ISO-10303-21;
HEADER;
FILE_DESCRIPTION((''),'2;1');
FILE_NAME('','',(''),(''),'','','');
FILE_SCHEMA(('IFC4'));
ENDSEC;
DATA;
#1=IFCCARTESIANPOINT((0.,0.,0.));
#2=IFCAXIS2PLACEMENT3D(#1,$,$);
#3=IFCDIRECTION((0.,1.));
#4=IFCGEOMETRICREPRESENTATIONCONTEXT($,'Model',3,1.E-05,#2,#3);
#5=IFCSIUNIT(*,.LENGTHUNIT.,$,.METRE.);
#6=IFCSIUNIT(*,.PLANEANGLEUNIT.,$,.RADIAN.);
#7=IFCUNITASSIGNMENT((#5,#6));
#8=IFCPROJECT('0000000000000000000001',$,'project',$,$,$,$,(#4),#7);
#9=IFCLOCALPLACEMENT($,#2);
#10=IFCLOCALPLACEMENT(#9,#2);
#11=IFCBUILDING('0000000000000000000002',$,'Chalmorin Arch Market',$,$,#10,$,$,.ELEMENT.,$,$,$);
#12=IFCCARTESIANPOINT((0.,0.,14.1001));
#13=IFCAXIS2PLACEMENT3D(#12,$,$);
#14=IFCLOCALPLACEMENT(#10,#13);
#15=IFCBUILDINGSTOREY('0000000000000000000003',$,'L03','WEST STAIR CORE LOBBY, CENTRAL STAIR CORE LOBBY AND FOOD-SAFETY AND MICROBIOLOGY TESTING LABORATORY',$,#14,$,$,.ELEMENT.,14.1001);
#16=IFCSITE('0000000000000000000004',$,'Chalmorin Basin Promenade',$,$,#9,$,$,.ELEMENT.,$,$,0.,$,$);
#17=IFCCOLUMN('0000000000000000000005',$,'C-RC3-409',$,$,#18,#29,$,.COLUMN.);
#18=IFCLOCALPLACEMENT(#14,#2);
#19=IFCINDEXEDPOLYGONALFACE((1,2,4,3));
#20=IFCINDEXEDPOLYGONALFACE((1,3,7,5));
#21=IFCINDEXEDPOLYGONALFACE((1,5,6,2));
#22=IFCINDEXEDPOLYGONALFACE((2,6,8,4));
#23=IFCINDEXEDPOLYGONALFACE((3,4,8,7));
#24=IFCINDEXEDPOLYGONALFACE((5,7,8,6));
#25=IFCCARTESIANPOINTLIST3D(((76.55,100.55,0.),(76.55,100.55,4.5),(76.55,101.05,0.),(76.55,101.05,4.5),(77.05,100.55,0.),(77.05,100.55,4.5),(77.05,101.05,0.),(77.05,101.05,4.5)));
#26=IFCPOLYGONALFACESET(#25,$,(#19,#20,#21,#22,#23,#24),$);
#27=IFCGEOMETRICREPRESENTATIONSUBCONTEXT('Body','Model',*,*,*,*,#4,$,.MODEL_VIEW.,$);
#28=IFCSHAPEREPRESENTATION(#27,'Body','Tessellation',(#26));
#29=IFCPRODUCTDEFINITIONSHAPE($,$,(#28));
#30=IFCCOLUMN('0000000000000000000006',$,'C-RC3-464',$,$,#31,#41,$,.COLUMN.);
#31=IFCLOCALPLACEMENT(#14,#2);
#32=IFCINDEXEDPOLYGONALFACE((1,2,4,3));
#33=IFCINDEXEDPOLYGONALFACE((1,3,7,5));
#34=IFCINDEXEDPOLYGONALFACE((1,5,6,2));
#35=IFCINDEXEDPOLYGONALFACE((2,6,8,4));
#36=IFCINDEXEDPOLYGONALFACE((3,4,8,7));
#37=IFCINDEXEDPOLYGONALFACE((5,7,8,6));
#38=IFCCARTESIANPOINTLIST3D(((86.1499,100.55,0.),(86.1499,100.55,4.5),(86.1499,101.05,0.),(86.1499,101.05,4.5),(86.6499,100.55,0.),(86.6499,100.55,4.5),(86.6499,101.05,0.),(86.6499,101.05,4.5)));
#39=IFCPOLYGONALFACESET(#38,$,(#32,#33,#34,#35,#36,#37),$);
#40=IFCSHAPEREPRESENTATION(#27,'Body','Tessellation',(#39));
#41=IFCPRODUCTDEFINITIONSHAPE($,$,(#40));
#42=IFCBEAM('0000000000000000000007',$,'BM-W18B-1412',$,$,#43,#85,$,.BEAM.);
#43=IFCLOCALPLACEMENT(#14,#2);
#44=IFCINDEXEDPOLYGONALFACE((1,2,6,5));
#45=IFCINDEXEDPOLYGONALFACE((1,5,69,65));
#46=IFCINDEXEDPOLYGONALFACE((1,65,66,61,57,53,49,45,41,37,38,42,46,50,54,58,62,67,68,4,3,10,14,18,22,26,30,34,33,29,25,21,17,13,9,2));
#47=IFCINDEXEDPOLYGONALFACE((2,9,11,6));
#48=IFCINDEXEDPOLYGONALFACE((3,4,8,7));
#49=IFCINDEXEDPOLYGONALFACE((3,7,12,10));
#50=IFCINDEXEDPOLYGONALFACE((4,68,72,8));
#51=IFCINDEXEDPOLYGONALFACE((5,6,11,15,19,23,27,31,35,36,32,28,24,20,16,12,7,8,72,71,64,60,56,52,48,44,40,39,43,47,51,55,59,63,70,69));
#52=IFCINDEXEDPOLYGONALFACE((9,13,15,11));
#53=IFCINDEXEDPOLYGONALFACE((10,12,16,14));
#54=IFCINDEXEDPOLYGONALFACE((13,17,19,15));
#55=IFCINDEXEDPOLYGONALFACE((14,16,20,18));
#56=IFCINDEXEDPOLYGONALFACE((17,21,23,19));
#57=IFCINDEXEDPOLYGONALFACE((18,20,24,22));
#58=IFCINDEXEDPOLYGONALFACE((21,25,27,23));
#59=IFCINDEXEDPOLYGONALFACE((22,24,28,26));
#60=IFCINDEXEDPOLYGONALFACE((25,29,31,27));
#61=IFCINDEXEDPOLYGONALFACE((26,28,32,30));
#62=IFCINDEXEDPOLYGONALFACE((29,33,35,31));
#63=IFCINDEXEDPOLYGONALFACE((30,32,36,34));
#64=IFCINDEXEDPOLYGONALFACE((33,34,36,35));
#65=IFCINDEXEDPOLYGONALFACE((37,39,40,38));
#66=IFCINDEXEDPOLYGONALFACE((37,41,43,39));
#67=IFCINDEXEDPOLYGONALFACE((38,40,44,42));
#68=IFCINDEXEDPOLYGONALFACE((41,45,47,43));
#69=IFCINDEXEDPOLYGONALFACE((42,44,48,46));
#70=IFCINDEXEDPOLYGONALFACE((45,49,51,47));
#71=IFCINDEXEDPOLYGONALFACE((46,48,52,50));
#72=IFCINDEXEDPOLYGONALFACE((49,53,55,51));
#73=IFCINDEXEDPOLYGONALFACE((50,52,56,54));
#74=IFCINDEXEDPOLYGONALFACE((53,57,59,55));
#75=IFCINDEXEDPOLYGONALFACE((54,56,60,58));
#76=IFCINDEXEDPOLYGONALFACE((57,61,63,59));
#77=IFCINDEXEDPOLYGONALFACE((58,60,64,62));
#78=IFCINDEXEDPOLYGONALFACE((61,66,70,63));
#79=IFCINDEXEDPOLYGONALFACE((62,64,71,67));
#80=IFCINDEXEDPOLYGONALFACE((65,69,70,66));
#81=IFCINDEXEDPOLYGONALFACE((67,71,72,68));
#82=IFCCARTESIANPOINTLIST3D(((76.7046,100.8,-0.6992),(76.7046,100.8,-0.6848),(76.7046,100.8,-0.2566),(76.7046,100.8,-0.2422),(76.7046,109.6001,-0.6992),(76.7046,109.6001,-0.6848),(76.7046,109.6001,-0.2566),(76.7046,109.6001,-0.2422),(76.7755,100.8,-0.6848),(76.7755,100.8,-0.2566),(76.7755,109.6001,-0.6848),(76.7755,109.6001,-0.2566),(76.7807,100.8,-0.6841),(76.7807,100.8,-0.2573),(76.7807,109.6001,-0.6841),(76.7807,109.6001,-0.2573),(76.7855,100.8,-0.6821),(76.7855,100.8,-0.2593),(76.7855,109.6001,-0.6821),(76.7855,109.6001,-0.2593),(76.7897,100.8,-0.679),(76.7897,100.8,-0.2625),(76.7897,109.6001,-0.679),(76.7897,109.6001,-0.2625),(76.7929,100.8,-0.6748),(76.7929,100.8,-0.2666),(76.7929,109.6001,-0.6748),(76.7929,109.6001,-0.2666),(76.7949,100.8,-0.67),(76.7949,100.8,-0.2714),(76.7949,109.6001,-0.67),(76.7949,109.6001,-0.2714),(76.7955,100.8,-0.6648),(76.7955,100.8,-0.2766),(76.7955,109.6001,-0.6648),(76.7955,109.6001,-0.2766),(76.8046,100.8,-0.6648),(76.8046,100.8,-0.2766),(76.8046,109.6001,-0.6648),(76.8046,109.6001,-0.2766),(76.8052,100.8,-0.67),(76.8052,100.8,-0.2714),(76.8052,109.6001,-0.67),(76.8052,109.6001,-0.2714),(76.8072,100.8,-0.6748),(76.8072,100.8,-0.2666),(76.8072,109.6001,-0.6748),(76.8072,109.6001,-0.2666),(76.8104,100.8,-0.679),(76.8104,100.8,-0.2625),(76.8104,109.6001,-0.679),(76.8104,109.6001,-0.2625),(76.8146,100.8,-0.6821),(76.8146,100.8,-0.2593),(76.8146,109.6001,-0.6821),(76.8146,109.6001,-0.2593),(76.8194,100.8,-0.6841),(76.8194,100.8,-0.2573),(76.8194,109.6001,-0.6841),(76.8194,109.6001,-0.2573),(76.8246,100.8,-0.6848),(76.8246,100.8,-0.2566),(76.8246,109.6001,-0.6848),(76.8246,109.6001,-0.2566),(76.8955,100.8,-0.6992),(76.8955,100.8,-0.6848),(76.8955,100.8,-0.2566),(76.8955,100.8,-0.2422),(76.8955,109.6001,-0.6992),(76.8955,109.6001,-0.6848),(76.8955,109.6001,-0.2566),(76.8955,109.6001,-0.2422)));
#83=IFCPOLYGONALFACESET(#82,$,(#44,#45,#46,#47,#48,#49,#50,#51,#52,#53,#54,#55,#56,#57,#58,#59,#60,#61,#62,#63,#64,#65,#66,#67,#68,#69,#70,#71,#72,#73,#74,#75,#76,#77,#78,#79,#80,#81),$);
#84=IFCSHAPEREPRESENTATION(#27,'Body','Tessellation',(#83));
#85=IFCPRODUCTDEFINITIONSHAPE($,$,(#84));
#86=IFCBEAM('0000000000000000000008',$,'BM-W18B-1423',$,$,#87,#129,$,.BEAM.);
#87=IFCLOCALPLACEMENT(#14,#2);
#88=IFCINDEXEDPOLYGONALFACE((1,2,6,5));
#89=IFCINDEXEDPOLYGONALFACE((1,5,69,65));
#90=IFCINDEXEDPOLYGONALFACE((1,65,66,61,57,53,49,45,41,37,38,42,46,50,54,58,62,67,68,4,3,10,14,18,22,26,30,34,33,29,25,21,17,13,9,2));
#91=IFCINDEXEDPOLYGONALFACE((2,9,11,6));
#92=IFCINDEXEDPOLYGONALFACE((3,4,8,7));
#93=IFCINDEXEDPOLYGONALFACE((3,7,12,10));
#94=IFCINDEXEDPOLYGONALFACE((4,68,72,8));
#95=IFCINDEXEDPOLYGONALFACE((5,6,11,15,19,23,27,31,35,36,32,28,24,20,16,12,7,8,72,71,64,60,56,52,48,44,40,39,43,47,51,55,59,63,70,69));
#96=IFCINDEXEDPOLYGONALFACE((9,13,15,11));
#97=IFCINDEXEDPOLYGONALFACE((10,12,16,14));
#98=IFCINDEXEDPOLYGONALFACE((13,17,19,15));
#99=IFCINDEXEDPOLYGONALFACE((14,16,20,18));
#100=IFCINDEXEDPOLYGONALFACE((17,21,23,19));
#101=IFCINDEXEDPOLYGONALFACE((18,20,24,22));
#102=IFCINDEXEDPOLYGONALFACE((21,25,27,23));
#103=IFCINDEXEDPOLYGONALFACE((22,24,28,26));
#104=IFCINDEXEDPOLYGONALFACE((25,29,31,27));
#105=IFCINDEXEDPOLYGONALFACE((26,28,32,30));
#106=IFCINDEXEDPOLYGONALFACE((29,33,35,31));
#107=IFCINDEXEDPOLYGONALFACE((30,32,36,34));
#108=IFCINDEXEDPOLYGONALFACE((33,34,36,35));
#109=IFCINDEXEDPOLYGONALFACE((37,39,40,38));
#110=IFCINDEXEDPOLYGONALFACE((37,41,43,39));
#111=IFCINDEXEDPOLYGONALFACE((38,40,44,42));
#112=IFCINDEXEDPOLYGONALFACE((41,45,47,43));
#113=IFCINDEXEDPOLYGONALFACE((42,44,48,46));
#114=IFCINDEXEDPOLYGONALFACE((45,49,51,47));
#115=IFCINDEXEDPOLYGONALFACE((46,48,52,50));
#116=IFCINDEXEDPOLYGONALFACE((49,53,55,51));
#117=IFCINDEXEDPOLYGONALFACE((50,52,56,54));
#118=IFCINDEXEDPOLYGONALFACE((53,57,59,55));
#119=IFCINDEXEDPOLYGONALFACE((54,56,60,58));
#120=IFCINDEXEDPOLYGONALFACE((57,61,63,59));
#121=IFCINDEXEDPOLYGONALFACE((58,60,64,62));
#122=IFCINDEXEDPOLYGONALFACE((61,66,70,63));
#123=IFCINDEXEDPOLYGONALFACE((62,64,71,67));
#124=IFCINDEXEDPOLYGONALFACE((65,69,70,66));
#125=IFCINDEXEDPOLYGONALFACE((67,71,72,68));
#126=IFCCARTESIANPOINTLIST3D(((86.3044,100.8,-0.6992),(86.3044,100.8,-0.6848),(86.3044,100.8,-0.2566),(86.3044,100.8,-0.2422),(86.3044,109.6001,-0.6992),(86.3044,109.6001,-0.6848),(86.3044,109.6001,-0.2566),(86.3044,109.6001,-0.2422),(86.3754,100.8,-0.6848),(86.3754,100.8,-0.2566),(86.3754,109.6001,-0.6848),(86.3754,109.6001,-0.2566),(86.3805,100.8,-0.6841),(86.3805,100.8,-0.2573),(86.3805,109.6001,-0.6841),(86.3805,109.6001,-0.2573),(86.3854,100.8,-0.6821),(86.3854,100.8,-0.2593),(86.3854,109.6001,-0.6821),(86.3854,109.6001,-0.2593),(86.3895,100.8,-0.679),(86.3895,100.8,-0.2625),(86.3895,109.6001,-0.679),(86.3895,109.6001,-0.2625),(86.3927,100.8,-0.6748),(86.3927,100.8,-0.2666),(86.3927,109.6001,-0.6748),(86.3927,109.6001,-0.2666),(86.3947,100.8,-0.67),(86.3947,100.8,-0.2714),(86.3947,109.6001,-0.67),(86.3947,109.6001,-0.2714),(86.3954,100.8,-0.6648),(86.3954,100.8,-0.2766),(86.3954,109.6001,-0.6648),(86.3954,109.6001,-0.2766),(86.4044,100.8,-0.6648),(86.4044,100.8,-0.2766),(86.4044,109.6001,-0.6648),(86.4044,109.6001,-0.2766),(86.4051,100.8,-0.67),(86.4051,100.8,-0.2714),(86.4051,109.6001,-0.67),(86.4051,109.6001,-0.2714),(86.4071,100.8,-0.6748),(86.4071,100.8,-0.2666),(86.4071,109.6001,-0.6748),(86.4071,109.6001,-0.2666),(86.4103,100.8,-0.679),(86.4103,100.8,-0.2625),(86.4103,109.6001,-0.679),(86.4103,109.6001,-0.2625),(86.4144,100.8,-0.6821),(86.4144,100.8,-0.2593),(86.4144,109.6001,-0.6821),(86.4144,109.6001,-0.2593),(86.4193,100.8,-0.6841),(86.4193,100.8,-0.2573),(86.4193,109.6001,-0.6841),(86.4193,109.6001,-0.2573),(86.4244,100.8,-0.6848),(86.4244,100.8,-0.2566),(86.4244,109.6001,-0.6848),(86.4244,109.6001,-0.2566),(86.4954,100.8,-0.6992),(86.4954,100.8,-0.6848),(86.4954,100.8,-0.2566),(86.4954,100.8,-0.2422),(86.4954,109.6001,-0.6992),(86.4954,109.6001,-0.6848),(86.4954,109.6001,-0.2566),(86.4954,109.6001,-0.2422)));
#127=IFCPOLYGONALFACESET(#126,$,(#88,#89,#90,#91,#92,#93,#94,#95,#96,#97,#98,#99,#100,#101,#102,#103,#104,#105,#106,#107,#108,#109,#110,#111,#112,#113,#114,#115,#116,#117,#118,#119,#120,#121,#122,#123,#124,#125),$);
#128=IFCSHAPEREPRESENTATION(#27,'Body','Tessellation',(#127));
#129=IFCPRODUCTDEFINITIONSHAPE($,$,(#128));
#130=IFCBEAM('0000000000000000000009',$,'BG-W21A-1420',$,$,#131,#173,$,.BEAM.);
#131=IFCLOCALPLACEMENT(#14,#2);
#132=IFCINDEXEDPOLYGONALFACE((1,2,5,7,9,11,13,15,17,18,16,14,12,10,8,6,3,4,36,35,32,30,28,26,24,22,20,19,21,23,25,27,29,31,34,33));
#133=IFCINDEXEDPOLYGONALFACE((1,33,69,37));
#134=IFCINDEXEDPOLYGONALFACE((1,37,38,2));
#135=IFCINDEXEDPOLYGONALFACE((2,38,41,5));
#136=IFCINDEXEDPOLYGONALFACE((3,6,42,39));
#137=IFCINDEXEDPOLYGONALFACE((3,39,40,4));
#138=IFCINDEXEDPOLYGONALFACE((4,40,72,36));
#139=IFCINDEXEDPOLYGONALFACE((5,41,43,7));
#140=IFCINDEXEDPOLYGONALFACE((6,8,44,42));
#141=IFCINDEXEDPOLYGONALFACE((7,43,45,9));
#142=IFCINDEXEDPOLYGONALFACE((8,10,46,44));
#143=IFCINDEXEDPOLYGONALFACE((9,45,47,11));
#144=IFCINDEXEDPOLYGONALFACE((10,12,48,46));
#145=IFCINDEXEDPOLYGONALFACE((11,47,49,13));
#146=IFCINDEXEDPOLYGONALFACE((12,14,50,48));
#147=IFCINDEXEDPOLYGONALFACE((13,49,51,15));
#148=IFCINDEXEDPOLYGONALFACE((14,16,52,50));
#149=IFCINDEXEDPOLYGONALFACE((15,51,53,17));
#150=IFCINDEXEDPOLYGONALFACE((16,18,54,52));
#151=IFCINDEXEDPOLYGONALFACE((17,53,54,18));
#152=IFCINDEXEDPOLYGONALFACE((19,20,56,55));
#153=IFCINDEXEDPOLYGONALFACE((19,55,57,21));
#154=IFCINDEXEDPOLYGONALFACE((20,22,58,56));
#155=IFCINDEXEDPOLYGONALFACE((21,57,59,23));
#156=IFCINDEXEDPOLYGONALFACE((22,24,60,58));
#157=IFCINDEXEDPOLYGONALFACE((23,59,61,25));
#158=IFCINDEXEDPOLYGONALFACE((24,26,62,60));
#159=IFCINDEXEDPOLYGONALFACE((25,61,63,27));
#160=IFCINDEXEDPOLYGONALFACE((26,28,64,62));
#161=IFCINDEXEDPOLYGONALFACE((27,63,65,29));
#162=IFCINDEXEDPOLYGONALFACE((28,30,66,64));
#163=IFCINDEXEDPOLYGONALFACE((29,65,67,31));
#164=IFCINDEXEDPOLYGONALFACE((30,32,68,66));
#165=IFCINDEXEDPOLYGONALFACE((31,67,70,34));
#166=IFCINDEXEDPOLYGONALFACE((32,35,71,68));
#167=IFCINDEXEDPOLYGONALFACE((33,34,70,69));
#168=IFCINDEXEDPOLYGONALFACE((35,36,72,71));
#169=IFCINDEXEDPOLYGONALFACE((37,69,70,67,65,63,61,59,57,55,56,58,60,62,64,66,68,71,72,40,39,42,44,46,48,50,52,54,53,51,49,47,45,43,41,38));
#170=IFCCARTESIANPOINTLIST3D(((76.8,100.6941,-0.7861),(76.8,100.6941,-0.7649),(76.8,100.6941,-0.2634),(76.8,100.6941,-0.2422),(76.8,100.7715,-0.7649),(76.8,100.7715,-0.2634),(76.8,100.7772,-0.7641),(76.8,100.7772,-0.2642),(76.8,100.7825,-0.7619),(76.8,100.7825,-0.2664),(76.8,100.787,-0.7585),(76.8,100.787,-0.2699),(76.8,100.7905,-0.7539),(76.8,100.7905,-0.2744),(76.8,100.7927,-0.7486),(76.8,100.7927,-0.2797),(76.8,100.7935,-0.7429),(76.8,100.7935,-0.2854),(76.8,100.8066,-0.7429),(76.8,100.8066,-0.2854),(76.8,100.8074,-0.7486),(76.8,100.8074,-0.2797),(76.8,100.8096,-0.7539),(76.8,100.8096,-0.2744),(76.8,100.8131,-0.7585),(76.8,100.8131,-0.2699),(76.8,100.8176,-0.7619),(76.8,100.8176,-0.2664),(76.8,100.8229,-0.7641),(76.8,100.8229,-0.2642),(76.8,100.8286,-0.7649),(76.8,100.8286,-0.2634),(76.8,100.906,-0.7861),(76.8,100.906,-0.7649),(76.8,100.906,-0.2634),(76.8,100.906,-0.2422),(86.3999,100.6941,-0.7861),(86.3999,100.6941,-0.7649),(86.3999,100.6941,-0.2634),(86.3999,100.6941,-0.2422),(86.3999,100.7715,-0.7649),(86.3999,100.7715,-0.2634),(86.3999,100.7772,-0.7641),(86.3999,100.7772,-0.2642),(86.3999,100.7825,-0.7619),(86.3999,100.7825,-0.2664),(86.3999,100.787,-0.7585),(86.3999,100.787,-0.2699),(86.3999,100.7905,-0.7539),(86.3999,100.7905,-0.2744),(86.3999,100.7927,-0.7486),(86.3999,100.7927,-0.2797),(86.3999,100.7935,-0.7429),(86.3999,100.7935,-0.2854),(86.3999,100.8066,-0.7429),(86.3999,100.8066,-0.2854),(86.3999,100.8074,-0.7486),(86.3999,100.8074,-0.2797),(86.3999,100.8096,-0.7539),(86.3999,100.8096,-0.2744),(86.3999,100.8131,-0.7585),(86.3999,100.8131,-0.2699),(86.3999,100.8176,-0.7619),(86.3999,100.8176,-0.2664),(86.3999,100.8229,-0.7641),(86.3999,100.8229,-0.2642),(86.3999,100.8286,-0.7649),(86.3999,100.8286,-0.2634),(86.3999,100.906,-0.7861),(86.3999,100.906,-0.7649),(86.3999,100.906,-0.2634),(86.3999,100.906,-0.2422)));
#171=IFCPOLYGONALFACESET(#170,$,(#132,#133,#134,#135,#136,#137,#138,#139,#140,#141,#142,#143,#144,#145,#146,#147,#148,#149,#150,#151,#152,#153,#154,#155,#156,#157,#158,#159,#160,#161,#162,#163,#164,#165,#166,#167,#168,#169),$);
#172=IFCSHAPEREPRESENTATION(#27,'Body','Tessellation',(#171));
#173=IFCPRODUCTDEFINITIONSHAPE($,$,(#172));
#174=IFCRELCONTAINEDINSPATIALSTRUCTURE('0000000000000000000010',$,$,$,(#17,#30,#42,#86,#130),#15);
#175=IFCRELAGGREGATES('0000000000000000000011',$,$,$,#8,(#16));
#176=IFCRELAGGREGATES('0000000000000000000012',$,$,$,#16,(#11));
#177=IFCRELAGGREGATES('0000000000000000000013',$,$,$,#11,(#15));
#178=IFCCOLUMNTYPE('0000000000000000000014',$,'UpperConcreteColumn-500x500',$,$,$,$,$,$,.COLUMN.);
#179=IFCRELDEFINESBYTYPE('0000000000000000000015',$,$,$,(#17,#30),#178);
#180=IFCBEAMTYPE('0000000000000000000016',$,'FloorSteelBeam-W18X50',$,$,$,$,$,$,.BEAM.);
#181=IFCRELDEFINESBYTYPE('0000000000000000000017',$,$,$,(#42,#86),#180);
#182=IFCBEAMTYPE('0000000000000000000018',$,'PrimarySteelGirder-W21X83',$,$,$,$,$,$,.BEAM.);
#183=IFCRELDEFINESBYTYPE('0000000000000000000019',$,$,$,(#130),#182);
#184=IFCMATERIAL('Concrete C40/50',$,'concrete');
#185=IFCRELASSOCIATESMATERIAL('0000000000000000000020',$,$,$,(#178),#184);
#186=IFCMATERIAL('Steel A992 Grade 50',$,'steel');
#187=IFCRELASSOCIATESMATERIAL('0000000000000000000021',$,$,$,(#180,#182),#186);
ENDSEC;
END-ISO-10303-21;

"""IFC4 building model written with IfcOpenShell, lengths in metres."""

from ifc_helpers import new_model, si_unit, direction, frame, origin, origin_2d, place, context, subcontext, project, spatial, rectangle, i_section, extrude, material, material_profile, profile_set, type_object, element, save


model = new_model("IFC4")

# Units and contexts
model_context = context("Model", 3, precision=1e-05, world=origin(), true_north=direction((0.0, 1.0)))
body_context = subcontext(model_context, "Body", "Model", "MODEL_VIEW")
ifc_project = project(units=[si_unit("LENGTHUNIT", "METRE"), si_unit("PLANEANGLEUNIT", "RADIAN")], contexts=[model_context])

# Site, building, storey
site_placement = place(None, origin())
site = spatial("IfcSite", under=ifc_project, at=site_placement, Name="Chalmorin Basin Promenade", CompositionType="ELEMENT", RefElevation=0.0)
building_placement = place(site_placement, origin())
building = spatial("IfcBuilding", under=site, at=building_placement, Name="Chalmorin Arch Market", CompositionType="ELEMENT")
storey_placement = place(building_placement, frame((0.0, 0.0, 14.1001)))
storey = spatial("IfcBuildingStorey", under=building, at=storey_placement, Name="L03", Description="WEST STAIR CORE LOBBY, CENTRAL STAIR CORE LOBBY AND FOOD-SAFETY AND MICROBIOLOGY TESTING LABORATORY", CompositionType="ELEMENT", Elevation=14.1001)

# Columns
ifc_material_1 = material(Name="Concrete C40/50", Category="concrete")
ifc_material_profile_1 = material_profile(ifc_material_1, rectangle(XDim=0.5, YDim=0.5, at=origin_2d()), Name="RC500X500")
ifc_profile_set_1 = profile_set([ifc_material_profile_1], Name="Concrete C40/50")
column_type = type_object("IfcColumnType", Name="UpperConcreteColumn-500x500", PredefinedType="COLUMN", material=ifc_profile_set_1)
for number, where, z_axis, x_axis, name in (
    (1, (76.8, 100.8, 0.0), (0.0, 0.0, 1.0), (1.0, 0.0, 0.0), "C-RC3-409"),
    (2, (86.3999, 100.8, 0.0), (0.0, 0.0, 1.0), (1.0, 0.0, 0.0), "C-RC3-464"),
):
    element("IfcColumn", number, at=place(storey_placement, frame(where, z_axis=z_axis, x_axis=x_axis)), inside=storey, type_object=column_type, Name=name, PredefinedType="COLUMN", context=body_context, shape_type="SweptSolid", body=[
        extrude(rectangle(XDim=0.5, YDim=0.5, at=origin_2d()), origin(), (0.0, 0.0, 1.0), 4.5),
    ])

# Beams
ifc_material_2 = material(Name="Steel A992 Grade 50", Category="steel")
ifc_material_profile_2 = material_profile(ifc_material_2, i_section(OverallWidth=0.1909, OverallDepth=0.457, WebThickness=0.009, FlangeThickness=0.0144, FilletRadius=0.02, at=origin_2d()), Name="W18X50")
ifc_profile_set_2 = profile_set([ifc_material_profile_2], Name="Steel A992 Grade 50")
beam_type_1 = type_object("IfcBeamType", Name="FloorSteelBeam-W18X50", PredefinedType="BEAM", material=ifc_profile_set_2)
for number, where, z_axis, x_axis, name in (
    (3, (76.8, 100.8, -0.4707), (0.0, 1.0, 0.0), (-1.0, 0.0, 0.0), "BM-W18B-1412"),
    (4, (86.3999, 100.8, -0.4707), (0.0, 1.0, 0.0), (-1.0, 0.0, 0.0), "BM-W18B-1423"),
):
    element("IfcBeam", number, at=place(storey_placement, frame(where, z_axis=z_axis, x_axis=x_axis)), inside=storey, type_object=beam_type_1, Name=name, PredefinedType="BEAM", context=body_context, shape_type="SweptSolid", body=[
        extrude(i_section(OverallWidth=0.1909, OverallDepth=0.457, WebThickness=0.009, FlangeThickness=0.0144, FilletRadius=0.02, at=origin_2d()), origin(), (0.0, 0.0, 1.0), 8.8),
    ])
ifc_material_profile_3 = material_profile(ifc_material_2, i_section(OverallWidth=0.2119, OverallDepth=0.5439, WebThickness=0.0132, FlangeThickness=0.0212, FilletRadius=0.022, at=origin_2d()), Name="W21X83")
ifc_profile_set_3 = profile_set([ifc_material_profile_3], Name="Steel A992 Grade 50")
beam_type_2 = type_object("IfcBeamType", Name="PrimarySteelGirder-W21X83", PredefinedType="BEAM", material=ifc_profile_set_3)
beam_1_placement = place(storey_placement, frame((76.8, 100.8, -0.5142), z_axis=(1.0, 0.0, 0.0), x_axis=(0.0, 1.0, 0.0)))
element("IfcBeam", 5, at=beam_1_placement, inside=storey, type_object=beam_type_2, Name="BG-W21A-1420", PredefinedType="BEAM", context=body_context, shape_type="SweptSolid", body=[
    extrude(i_section(OverallWidth=0.2119, OverallDepth=0.5439, WebThickness=0.0132, FlangeThickness=0.0212, FilletRadius=0.022, at=origin_2d()), origin(), (0.0, 0.0, 1.0), 9.5999),
])

save(model, "model.ifc")
